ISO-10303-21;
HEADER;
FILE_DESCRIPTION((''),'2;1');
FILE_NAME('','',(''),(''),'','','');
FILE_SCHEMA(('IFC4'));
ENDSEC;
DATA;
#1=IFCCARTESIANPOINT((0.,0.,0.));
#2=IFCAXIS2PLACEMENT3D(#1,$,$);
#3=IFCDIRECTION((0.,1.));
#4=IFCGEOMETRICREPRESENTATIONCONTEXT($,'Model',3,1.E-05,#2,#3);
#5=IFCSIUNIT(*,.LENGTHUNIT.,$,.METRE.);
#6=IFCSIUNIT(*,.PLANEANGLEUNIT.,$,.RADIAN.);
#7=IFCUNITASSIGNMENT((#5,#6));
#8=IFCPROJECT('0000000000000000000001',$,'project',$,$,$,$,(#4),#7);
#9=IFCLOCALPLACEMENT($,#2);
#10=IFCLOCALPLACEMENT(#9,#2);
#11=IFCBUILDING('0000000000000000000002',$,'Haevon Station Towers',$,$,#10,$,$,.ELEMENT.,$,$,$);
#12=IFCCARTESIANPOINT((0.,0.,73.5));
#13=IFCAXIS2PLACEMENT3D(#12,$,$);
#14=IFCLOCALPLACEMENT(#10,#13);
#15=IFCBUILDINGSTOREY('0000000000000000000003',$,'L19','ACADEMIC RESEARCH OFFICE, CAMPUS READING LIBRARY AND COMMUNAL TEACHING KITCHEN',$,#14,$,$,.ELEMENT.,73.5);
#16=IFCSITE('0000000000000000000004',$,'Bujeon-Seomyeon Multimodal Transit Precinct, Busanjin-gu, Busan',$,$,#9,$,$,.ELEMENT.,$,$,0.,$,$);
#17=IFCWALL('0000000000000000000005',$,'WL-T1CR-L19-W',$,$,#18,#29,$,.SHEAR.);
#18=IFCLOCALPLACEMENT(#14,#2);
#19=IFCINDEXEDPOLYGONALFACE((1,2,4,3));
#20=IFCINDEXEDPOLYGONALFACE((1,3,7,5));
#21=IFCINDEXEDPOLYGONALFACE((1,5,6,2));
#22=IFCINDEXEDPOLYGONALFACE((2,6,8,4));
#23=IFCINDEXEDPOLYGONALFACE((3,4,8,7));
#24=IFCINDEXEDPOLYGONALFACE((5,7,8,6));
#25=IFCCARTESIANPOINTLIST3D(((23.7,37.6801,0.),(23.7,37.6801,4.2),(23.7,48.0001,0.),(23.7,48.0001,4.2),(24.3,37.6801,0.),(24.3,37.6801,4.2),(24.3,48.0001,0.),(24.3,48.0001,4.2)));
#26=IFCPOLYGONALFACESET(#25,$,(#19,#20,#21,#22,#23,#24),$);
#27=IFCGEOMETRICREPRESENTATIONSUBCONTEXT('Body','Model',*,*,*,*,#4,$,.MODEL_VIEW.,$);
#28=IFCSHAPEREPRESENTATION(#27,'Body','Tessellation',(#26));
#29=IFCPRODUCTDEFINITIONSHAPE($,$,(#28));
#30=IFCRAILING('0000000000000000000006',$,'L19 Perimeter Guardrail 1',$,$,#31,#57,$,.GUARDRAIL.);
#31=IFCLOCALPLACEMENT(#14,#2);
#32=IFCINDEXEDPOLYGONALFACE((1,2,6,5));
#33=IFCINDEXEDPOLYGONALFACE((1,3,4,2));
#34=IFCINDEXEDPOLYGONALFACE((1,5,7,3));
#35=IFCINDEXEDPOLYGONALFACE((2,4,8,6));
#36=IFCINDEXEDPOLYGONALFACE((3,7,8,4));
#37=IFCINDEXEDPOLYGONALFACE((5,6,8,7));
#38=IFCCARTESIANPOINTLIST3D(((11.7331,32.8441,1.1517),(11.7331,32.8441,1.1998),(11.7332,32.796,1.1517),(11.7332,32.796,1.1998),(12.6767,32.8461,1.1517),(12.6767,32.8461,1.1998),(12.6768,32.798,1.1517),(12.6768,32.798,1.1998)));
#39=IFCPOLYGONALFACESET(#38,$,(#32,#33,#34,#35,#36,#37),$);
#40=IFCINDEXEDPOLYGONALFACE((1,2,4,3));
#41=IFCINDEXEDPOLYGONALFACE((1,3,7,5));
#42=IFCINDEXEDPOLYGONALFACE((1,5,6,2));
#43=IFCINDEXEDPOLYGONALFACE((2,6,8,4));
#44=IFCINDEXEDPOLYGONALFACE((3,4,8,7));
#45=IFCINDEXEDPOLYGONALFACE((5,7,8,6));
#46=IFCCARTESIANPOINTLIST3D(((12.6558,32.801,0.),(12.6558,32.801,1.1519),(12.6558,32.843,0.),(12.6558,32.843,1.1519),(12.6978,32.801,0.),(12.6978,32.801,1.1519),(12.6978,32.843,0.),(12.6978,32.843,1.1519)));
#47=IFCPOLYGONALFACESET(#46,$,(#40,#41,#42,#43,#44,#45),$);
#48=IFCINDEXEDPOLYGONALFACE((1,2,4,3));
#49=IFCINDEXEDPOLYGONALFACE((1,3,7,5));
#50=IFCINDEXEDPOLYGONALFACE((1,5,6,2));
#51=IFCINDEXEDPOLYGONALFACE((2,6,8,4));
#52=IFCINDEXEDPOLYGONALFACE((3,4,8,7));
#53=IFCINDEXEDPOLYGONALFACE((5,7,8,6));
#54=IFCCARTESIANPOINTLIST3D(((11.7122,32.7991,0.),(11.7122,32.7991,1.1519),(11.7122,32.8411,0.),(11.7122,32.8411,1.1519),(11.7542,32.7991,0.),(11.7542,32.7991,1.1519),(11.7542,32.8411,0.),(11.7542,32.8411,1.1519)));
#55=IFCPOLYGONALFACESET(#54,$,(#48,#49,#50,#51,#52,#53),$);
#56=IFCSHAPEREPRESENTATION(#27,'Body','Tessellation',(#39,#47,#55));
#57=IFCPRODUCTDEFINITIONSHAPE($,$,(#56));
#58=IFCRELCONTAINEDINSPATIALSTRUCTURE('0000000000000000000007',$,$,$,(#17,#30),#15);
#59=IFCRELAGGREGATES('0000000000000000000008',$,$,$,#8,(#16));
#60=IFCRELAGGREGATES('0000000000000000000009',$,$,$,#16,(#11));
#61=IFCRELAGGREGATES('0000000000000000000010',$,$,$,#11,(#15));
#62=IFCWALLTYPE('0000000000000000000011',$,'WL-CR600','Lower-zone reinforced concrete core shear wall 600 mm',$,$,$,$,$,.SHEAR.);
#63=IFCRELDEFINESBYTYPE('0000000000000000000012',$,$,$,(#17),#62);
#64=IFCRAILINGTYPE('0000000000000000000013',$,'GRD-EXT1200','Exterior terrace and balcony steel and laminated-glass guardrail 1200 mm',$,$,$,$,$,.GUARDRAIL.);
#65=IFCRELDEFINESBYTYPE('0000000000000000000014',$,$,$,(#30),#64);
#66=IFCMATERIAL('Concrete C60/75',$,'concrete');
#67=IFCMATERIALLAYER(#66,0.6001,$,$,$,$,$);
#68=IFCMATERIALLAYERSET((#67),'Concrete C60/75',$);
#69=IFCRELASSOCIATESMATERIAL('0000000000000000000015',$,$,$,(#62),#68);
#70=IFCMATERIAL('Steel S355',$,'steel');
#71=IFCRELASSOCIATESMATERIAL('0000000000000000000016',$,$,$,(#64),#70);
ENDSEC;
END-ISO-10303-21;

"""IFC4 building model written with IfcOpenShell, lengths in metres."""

from ifc_helpers import new_model, si_unit, direction, frame, frame_2d, origin, origin_2d, place, context, subcontext, project, spatial, rectangle, extrude, material, layer, layer_set, type_object, element, save


model = new_model("IFC4")

# Units and contexts
model_context = context("Model", 3, precision=1e-05, world=origin(), true_north=direction((0.0, 1.0)))
body_context = subcontext(model_context, "Body", "Model", "MODEL_VIEW")
ifc_project = project(units=[si_unit("LENGTHUNIT", "METRE"), si_unit("PLANEANGLEUNIT", "RADIAN")], contexts=[model_context])

# Site, building, storey
site_placement = place(None, origin())
site = spatial("IfcSite", under=ifc_project, at=site_placement, Name="Bujeon-Seomyeon Multimodal Transit Precinct, Busanjin-gu, Busan", CompositionType="ELEMENT", RefElevation=0.0)
building_placement = place(site_placement, origin())
building = spatial("IfcBuilding", under=site, at=building_placement, Name="Haevon Station Towers", CompositionType="ELEMENT")
storey_placement = place(building_placement, frame((0.0, 0.0, 73.5)))
storey = spatial("IfcBuildingStorey", under=building, at=storey_placement, Name="L19", Description="ACADEMIC RESEARCH OFFICE, CAMPUS READING LIBRARY AND COMMUNAL TEACHING KITCHEN", CompositionType="ELEMENT", Elevation=73.5)

# Shared definitions
ifc_material_1 = material(Name="Steel S355", Category="steel")

# Wall
ifc_material_2 = material(Name="Concrete C60/75", Category="concrete")
ifc_layer_1 = layer(ifc_material_2, 0.6001)
ifc_layer_set_1 = layer_set([ifc_layer_1], Name="Concrete C60/75")
wall_type_1 = type_object("IfcWallType", Name="WL-CR600", Description="Lower-zone reinforced concrete core shear wall 600 mm", PredefinedType="SHEAR", material=ifc_layer_set_1)
wall_1_placement = place(storey_placement, frame((24.0, 37.6799, 0.0), z_axis=(0.0, 0.0, 1.0), x_axis=(0.0, 1.0, 0.0)))
element("IfcWall", 1, at=wall_1_placement, inside=storey, type_object=wall_type_1, Name="WL-T1CR-L19-W", PredefinedType="SHEAR", context=body_context, shape_type="SweptSolid", body=[
    extrude(rectangle(XDim=10.3201, YDim=0.6001, at=frame_2d((5.1602, 0.0))), origin(), (0.0, 0.0, 1.0), 4.2),
])

# Railing
railing_type = type_object("IfcRailingType", Name="GRD-EXT1200", Description="Exterior terrace and balcony steel and laminated-glass guardrail 1200 mm", PredefinedType="GUARDRAIL", material=ifc_material_1)
railing_placement = place(storey_placement, frame((12.6768, 32.822, 0.0)))
element("IfcRailing", 2, at=railing_placement, inside=storey, type_object=railing_type, Name="L19 Perimeter Guardrail 1", PredefinedType="GUARDRAIL", context=body_context, shape_type="SweptSolid", body=[
    extrude(rectangle(XDim=0.0481, YDim=0.0481, at=origin_2d()), frame((0.0, 0.0, 1.1758), z_axis=(-0.999998, -0.00207, 0.0), x_axis=(0.00207, -0.999998, 0.0)), (0.0, 0.0, 1.0), 0.9436),
    extrude(rectangle(XDim=0.042, YDim=0.042, at=origin_2d()), origin(), (0.0, 0.0, 1.0), 1.1519),
    extrude(rectangle(XDim=0.042, YDim=0.042, at=origin_2d()), frame((-0.9436, -0.002, 0.0)), (0.0, 0.0, 1.0), 1.1519),
])

save(model, "model.ifc")
